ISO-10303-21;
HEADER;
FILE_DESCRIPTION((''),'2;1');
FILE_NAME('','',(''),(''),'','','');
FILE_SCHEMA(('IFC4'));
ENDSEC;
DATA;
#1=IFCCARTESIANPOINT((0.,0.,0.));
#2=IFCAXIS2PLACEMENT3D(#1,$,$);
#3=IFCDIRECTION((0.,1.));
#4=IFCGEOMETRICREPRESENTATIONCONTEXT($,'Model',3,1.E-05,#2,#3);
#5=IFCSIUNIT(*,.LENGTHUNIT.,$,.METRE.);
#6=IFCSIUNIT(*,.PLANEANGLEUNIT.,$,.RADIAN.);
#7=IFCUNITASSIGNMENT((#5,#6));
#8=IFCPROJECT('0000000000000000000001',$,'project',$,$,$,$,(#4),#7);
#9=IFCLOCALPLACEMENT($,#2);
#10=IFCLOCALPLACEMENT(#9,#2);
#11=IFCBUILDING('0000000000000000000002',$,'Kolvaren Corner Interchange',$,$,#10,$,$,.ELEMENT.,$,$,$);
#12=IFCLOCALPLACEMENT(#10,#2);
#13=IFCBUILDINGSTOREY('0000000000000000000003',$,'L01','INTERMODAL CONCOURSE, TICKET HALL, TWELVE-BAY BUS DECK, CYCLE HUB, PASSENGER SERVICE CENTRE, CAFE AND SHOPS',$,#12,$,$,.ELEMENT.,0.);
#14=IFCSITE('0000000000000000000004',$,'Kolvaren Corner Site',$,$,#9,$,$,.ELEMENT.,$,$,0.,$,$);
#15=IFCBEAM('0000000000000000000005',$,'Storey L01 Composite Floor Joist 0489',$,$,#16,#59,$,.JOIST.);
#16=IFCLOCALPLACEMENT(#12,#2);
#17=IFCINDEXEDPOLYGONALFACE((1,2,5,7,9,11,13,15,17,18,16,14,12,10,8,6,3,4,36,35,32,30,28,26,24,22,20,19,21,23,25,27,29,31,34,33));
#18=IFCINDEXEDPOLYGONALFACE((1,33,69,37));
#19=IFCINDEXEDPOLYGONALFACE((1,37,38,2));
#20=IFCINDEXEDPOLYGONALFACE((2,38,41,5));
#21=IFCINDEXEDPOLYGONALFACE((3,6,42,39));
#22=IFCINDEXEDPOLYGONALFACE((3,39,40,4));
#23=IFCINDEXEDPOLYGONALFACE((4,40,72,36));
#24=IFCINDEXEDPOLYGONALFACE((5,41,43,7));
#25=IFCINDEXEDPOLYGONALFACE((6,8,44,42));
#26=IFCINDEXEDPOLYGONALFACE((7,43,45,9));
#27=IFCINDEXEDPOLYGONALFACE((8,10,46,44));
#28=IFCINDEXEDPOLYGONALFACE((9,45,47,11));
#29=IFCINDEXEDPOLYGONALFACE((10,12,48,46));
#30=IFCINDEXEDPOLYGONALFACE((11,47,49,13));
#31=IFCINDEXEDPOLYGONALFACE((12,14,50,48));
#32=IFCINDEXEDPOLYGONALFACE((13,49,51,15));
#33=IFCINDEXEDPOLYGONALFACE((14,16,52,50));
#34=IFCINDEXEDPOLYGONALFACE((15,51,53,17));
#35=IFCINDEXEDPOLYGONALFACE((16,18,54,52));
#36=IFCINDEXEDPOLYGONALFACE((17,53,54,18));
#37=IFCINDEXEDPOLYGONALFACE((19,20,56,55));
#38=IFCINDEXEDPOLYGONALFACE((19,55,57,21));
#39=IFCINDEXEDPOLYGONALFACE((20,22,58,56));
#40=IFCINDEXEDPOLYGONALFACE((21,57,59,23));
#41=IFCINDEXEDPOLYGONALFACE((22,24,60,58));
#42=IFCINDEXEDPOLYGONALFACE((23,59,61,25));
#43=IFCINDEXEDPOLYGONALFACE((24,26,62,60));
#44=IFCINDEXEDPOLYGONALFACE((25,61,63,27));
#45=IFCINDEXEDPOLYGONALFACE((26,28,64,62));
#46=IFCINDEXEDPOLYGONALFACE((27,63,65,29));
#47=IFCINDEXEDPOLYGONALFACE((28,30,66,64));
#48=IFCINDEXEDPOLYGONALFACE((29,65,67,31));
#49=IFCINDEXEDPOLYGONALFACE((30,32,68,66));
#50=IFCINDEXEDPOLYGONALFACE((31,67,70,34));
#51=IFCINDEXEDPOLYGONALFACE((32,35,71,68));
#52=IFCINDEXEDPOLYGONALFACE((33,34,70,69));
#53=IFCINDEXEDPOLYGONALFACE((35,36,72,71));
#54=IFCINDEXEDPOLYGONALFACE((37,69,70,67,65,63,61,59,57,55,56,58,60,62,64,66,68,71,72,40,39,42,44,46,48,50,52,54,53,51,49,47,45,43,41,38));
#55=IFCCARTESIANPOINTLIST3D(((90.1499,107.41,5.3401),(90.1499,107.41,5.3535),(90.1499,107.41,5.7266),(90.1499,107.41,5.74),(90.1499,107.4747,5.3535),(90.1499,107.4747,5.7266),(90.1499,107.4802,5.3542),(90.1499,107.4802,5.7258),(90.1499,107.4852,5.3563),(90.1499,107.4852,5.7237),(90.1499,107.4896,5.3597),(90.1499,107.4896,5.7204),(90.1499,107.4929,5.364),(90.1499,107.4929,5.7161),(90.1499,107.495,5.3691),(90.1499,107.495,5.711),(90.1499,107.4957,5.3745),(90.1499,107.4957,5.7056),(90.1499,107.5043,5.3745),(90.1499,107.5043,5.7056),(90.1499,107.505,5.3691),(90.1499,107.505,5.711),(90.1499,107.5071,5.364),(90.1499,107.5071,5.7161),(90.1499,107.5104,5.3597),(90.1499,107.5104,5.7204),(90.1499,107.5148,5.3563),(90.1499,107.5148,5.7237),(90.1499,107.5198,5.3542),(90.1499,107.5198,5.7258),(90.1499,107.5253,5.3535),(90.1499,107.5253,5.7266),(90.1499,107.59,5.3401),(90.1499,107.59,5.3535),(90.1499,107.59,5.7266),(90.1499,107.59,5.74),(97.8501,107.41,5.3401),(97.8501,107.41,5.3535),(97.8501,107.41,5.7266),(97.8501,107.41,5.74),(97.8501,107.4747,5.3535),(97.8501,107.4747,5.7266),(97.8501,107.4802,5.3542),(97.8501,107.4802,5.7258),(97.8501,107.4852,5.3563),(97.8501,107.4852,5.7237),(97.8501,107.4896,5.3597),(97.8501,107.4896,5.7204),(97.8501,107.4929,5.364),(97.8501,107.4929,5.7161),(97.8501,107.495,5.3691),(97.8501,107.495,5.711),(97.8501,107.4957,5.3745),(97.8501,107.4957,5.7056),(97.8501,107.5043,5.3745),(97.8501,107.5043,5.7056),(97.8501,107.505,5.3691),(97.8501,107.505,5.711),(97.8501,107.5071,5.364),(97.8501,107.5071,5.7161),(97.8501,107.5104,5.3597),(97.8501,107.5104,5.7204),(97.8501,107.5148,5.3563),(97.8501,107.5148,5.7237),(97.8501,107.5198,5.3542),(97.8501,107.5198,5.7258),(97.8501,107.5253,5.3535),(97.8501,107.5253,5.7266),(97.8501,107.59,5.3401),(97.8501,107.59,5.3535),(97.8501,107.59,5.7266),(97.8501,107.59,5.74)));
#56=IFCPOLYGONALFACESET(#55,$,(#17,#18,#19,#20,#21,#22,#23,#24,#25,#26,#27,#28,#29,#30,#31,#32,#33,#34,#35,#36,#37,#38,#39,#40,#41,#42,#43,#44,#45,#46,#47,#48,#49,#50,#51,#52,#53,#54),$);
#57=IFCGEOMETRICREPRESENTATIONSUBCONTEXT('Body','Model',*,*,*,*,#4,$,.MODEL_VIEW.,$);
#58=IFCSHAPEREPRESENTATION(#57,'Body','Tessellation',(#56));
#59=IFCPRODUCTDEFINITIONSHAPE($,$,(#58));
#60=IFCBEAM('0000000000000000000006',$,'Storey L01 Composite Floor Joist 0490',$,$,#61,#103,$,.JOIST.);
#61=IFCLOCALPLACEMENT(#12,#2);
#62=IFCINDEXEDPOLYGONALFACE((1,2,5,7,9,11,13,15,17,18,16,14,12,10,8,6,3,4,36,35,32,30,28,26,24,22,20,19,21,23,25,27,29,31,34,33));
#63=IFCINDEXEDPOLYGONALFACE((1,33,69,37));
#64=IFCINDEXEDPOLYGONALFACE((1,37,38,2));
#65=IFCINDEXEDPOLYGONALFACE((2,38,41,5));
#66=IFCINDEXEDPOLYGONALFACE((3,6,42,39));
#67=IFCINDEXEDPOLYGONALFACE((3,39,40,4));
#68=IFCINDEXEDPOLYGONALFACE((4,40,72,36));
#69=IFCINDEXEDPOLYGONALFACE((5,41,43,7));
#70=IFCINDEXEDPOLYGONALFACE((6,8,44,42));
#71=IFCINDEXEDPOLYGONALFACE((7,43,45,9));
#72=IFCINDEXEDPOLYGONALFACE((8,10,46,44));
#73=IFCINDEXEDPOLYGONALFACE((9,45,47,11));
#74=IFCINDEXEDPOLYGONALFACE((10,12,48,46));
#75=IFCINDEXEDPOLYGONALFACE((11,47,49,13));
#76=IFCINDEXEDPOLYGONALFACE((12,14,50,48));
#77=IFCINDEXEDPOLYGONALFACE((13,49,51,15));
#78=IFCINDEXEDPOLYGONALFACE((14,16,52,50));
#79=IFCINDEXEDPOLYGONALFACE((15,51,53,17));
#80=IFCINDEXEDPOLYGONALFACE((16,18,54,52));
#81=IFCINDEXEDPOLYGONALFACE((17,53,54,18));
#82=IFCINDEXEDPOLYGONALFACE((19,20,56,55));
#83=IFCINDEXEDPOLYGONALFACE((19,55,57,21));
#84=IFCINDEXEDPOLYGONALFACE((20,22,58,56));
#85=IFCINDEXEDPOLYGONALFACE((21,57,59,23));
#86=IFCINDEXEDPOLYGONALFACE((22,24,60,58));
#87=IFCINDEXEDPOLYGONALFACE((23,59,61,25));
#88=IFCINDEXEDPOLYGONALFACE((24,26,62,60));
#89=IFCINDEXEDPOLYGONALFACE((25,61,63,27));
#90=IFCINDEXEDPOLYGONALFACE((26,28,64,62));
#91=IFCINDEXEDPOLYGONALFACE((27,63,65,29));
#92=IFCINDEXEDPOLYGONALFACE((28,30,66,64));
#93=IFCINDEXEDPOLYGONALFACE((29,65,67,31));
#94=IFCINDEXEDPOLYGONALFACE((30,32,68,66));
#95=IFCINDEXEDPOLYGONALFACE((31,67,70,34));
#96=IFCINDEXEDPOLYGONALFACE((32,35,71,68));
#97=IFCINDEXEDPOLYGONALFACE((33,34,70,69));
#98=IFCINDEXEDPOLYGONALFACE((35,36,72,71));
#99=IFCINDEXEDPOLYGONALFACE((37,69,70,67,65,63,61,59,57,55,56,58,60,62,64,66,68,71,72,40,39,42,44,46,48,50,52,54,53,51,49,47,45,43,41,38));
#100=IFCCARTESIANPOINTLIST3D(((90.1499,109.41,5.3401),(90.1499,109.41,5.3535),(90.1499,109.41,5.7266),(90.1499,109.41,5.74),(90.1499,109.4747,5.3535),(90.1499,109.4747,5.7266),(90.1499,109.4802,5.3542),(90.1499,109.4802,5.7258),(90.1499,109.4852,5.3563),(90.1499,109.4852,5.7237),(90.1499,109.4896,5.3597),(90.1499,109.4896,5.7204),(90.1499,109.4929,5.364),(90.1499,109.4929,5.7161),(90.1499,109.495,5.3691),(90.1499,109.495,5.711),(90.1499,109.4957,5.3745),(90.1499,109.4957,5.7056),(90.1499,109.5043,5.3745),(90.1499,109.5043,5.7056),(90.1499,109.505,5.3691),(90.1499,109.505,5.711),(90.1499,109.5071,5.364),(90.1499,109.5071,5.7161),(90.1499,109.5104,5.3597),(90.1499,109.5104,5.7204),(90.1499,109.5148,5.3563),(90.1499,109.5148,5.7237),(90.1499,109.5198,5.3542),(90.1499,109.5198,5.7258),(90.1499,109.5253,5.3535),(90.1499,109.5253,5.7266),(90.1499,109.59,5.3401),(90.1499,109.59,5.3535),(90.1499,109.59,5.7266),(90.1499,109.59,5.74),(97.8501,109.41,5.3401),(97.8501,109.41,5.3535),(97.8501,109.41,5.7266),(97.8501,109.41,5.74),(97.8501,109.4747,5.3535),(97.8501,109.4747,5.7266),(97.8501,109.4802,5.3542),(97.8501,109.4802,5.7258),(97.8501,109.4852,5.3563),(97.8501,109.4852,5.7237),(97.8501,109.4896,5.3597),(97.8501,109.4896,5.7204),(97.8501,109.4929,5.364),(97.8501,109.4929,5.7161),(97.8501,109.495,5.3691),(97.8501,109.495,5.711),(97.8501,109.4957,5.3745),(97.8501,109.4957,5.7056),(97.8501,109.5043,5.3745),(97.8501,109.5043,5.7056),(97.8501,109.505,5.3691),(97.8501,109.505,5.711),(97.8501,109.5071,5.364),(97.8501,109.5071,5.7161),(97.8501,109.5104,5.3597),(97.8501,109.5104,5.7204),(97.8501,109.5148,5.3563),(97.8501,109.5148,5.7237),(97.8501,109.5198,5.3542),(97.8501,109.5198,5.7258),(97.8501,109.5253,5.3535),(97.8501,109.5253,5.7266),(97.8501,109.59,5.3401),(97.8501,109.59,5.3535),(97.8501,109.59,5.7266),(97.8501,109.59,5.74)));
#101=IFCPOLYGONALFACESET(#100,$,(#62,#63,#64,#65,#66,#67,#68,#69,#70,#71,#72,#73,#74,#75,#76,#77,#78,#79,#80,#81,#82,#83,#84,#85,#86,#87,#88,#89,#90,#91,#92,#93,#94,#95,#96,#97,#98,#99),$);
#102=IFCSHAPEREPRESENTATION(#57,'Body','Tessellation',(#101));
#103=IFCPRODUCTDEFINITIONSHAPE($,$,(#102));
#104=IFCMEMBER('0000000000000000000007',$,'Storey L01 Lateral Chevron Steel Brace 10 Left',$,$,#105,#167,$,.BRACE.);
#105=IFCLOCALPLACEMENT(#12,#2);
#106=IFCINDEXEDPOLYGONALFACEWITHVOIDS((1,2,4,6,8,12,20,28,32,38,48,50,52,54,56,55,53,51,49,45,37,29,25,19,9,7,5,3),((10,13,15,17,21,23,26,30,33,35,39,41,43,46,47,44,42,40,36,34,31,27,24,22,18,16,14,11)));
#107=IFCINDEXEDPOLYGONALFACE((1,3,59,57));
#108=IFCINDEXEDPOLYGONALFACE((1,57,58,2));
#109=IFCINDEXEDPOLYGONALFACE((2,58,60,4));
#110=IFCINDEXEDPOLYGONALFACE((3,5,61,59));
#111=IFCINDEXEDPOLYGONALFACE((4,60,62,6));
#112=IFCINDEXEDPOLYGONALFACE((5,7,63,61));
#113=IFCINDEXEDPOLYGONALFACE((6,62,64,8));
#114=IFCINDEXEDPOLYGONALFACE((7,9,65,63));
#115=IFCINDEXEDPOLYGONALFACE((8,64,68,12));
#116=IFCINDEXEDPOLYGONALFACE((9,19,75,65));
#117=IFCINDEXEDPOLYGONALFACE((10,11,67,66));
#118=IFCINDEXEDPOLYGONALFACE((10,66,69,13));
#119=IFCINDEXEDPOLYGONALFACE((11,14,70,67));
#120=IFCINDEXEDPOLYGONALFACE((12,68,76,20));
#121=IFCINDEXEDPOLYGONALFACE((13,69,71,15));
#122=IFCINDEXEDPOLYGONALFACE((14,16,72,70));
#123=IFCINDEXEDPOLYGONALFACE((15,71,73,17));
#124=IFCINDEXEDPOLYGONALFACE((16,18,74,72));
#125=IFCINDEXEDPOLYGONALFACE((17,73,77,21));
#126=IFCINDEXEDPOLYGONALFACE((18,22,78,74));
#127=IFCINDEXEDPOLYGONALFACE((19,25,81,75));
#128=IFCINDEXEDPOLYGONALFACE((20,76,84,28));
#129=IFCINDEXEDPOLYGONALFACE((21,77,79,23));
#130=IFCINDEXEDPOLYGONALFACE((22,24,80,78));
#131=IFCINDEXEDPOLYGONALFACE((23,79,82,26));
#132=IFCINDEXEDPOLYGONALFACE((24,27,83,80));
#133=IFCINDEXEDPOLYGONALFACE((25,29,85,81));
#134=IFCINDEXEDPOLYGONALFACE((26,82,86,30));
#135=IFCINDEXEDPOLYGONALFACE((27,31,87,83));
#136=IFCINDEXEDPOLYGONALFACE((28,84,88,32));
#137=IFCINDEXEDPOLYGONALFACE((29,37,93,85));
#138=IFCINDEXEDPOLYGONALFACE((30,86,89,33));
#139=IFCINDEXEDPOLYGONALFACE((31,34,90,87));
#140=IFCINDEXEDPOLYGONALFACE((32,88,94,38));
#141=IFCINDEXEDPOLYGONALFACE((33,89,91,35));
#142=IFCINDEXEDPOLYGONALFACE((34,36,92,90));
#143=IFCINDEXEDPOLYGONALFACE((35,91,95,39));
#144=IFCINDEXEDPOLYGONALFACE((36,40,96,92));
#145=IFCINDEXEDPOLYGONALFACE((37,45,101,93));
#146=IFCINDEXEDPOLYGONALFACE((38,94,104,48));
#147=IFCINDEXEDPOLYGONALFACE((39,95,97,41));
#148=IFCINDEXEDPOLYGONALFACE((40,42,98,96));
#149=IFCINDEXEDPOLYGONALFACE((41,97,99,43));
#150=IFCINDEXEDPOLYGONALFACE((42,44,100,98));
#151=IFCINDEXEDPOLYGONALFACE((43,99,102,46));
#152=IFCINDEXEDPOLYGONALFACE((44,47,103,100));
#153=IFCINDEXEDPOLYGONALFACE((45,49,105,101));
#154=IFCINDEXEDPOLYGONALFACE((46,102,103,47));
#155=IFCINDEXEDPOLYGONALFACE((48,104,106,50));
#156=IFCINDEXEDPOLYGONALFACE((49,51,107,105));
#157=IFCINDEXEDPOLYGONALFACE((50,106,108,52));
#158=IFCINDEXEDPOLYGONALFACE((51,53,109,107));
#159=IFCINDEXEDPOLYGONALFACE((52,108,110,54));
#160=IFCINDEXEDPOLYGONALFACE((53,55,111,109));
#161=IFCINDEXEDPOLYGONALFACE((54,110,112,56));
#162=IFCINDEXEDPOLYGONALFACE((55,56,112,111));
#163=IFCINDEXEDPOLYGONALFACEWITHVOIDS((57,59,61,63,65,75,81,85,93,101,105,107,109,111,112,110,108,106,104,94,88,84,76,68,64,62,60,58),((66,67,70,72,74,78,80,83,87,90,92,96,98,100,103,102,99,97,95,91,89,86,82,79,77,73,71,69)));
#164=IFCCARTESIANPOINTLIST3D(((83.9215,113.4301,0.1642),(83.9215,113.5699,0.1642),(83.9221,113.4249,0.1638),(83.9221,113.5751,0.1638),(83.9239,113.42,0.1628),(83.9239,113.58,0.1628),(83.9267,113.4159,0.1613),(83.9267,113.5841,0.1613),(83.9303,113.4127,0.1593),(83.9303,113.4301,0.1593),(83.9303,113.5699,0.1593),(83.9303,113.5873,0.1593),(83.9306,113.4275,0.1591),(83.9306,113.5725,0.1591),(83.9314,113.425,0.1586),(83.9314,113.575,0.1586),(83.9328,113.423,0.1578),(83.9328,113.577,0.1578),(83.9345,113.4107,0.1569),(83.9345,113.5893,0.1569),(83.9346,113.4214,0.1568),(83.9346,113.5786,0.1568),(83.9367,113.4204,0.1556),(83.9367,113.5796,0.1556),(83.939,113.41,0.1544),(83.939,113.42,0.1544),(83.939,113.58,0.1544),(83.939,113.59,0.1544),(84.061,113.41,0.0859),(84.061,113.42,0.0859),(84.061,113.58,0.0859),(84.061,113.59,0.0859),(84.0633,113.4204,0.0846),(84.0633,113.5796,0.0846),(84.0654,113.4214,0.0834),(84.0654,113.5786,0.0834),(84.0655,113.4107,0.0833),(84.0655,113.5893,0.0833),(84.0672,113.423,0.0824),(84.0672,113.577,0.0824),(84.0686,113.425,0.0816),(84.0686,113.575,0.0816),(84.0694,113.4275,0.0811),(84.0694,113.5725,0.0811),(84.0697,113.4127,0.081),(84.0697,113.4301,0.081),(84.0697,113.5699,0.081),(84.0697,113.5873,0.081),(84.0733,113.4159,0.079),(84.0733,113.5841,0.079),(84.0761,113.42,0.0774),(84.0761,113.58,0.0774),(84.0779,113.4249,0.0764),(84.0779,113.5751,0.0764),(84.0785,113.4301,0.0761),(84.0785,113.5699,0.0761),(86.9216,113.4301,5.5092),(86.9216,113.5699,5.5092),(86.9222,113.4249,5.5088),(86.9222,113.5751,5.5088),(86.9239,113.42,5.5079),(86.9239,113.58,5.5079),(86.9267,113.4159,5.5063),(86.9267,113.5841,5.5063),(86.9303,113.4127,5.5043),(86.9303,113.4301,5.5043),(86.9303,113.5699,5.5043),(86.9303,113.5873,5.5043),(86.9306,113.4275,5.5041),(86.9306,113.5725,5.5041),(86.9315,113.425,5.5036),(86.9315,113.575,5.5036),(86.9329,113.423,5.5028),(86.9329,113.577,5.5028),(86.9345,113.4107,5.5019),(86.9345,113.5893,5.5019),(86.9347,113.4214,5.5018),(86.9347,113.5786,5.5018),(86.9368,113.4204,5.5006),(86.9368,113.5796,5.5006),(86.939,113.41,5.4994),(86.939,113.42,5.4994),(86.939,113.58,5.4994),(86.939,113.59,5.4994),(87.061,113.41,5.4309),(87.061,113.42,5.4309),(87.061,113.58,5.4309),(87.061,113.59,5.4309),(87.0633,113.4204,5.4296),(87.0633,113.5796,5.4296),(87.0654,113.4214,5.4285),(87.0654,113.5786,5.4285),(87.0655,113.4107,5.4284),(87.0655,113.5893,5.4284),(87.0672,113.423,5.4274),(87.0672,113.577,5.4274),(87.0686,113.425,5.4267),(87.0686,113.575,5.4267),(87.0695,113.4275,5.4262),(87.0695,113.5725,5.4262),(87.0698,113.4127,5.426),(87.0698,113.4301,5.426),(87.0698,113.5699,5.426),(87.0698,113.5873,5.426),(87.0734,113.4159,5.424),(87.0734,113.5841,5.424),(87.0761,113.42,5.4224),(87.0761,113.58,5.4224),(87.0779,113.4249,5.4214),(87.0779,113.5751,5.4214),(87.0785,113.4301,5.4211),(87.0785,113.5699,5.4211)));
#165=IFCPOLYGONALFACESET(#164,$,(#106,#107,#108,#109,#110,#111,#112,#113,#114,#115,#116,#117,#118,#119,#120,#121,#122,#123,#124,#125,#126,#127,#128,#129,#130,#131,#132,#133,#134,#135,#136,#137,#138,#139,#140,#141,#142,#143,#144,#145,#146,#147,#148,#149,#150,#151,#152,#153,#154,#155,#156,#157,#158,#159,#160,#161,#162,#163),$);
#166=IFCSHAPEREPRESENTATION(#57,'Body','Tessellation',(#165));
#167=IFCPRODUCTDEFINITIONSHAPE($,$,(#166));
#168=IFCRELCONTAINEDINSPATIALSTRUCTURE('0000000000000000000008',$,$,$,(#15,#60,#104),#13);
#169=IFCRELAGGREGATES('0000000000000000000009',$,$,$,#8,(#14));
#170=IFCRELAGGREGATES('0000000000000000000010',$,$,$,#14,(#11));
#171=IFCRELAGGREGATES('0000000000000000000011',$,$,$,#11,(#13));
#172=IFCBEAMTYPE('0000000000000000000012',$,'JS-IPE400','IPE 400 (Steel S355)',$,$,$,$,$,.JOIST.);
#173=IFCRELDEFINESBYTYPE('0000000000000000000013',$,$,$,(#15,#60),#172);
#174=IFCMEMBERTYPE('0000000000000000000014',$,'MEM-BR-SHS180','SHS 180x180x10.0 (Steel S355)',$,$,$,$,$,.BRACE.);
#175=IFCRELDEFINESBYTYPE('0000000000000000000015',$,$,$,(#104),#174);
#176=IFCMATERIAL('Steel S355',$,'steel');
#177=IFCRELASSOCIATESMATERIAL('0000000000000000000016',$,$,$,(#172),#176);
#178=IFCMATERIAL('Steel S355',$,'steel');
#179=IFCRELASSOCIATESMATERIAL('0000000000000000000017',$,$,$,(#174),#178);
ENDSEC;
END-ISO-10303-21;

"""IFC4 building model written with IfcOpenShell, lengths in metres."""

from ifc_helpers import new_model, si_unit, direction, frame, origin, origin_2d, place, context, subcontext, project, spatial, hollow_rectangle, i_section, extrude, material, material_profile, profile_set, type_object, element, save


model = new_model("IFC4")

# Units and contexts
model_context = context("Model", 3, precision=1e-05, world=origin(), true_north=direction((0.0, 1.0)))
body_context = subcontext(model_context, "Body", "Model", "MODEL_VIEW")
ifc_project = project(units=[si_unit("LENGTHUNIT", "METRE"), si_unit("PLANEANGLEUNIT", "RADIAN")], contexts=[model_context])

# Site, building, storey
site_placement = place(None, origin())
site = spatial("IfcSite", under=ifc_project, at=site_placement, Name="Kolvaren Corner Site", CompositionType="ELEMENT", RefElevation=0.0)
building_placement = place(site_placement, origin())
building = spatial("IfcBuilding", under=site, at=building_placement, Name="Kolvaren Corner Interchange", CompositionType="ELEMENT")
storey_placement = place(building_placement, origin())
storey = spatial("IfcBuildingStorey", under=building, at=storey_placement, Name="L01", Description="INTERMODAL CONCOURSE, TICKET HALL, TWELVE-BAY BUS DECK, CYCLE HUB, PASSENGER SERVICE CENTRE, CAFE AND SHOPS", CompositionType="ELEMENT", Elevation=0.0)

# Beams
ifc_material_1 = material(Name="Steel S355", Category="steel")
ifc_material_profile_1 = material_profile(ifc_material_1, i_section(OverallWidth=0.1799, OverallDepth=0.3999, WebThickness=0.0085, FlangeThickness=0.0134, FilletRadius=0.021, at=origin_2d()), Name="IPE 400")
ifc_profile_set_1 = profile_set([ifc_material_profile_1], Name="Steel S355")
beam_type_1 = type_object("IfcBeamType", Name="JS-IPE400", Description="IPE 400 (Steel S355)", PredefinedType="JOIST", material=ifc_profile_set_1)
for number, where, z_axis, x_axis, name in (
    (1, (90.1499, 107.5, 5.54), (1.0, 0.0, 0.0), (0.0, 1.0, 0.0), "Storey L01 Composite Floor Joist 0489"),
    (2, (90.1499, 109.5, 5.54), (1.0, 0.0, 0.0), (0.0, 1.0, 0.0), "Storey L01 Composite Floor Joist 0490"),
):
    element("IfcBeam", number, at=place(storey_placement, frame(where, z_axis=z_axis, x_axis=x_axis)), inside=storey, type_object=beam_type_1, Name=name, PredefinedType="JOIST", context=body_context, shape_type="SweptSolid", body=[
        extrude(i_section(OverallWidth=0.1799, OverallDepth=0.3999, WebThickness=0.0085, FlangeThickness=0.0134, FilletRadius=0.021, at=origin_2d()), origin(), (0.0, 0.0, 1.0), 7.7002),
    ])

# Member
ifc_material_2 = material(Name="Steel S355", Category="steel")
ifc_material_profile_2 = material_profile(ifc_material_2, hollow_rectangle(XDim=0.1799, YDim=0.1799, WallThickness=0.01, InnerFilletRadius=0.01, OuterFilletRadius=0.02, at=origin_2d()), Name="SHS 180x180x10.0")
ifc_profile_set_2 = profile_set([ifc_material_profile_2], Name="Steel S355")
member_type = type_object("IfcMemberType", Name="MEM-BR-SHS180", Description="SHS 180x180x10.0 (Steel S355)", PredefinedType="BRACE", material=ifc_profile_set_2)
for number, where, z_axis, x_axis, name in (
    (3, (84.0, 113.5, 0.1201), (0.48945, 0.0, 0.872032), (0.0, 1.0, 0.0), "Storey L01 Lateral Chevron Steel Brace 10 Left"),
):
    element("IfcMember", number, at=place(storey_placement, frame(where, z_axis=z_axis, x_axis=x_axis)), inside=storey, type_object=member_type, Name=name, PredefinedType="BRACE", context=body_context, shape_type="SweptSolid", body=[
        extrude(hollow_rectangle(XDim=0.1799, YDim=0.1799, WallThickness=0.01, InnerFilletRadius=0.01, OuterFilletRadius=0.02, at=origin_2d()), origin(), (0.0, 0.0, 1.0), 6.1294),
    ])

save(model, "model.ifc")
